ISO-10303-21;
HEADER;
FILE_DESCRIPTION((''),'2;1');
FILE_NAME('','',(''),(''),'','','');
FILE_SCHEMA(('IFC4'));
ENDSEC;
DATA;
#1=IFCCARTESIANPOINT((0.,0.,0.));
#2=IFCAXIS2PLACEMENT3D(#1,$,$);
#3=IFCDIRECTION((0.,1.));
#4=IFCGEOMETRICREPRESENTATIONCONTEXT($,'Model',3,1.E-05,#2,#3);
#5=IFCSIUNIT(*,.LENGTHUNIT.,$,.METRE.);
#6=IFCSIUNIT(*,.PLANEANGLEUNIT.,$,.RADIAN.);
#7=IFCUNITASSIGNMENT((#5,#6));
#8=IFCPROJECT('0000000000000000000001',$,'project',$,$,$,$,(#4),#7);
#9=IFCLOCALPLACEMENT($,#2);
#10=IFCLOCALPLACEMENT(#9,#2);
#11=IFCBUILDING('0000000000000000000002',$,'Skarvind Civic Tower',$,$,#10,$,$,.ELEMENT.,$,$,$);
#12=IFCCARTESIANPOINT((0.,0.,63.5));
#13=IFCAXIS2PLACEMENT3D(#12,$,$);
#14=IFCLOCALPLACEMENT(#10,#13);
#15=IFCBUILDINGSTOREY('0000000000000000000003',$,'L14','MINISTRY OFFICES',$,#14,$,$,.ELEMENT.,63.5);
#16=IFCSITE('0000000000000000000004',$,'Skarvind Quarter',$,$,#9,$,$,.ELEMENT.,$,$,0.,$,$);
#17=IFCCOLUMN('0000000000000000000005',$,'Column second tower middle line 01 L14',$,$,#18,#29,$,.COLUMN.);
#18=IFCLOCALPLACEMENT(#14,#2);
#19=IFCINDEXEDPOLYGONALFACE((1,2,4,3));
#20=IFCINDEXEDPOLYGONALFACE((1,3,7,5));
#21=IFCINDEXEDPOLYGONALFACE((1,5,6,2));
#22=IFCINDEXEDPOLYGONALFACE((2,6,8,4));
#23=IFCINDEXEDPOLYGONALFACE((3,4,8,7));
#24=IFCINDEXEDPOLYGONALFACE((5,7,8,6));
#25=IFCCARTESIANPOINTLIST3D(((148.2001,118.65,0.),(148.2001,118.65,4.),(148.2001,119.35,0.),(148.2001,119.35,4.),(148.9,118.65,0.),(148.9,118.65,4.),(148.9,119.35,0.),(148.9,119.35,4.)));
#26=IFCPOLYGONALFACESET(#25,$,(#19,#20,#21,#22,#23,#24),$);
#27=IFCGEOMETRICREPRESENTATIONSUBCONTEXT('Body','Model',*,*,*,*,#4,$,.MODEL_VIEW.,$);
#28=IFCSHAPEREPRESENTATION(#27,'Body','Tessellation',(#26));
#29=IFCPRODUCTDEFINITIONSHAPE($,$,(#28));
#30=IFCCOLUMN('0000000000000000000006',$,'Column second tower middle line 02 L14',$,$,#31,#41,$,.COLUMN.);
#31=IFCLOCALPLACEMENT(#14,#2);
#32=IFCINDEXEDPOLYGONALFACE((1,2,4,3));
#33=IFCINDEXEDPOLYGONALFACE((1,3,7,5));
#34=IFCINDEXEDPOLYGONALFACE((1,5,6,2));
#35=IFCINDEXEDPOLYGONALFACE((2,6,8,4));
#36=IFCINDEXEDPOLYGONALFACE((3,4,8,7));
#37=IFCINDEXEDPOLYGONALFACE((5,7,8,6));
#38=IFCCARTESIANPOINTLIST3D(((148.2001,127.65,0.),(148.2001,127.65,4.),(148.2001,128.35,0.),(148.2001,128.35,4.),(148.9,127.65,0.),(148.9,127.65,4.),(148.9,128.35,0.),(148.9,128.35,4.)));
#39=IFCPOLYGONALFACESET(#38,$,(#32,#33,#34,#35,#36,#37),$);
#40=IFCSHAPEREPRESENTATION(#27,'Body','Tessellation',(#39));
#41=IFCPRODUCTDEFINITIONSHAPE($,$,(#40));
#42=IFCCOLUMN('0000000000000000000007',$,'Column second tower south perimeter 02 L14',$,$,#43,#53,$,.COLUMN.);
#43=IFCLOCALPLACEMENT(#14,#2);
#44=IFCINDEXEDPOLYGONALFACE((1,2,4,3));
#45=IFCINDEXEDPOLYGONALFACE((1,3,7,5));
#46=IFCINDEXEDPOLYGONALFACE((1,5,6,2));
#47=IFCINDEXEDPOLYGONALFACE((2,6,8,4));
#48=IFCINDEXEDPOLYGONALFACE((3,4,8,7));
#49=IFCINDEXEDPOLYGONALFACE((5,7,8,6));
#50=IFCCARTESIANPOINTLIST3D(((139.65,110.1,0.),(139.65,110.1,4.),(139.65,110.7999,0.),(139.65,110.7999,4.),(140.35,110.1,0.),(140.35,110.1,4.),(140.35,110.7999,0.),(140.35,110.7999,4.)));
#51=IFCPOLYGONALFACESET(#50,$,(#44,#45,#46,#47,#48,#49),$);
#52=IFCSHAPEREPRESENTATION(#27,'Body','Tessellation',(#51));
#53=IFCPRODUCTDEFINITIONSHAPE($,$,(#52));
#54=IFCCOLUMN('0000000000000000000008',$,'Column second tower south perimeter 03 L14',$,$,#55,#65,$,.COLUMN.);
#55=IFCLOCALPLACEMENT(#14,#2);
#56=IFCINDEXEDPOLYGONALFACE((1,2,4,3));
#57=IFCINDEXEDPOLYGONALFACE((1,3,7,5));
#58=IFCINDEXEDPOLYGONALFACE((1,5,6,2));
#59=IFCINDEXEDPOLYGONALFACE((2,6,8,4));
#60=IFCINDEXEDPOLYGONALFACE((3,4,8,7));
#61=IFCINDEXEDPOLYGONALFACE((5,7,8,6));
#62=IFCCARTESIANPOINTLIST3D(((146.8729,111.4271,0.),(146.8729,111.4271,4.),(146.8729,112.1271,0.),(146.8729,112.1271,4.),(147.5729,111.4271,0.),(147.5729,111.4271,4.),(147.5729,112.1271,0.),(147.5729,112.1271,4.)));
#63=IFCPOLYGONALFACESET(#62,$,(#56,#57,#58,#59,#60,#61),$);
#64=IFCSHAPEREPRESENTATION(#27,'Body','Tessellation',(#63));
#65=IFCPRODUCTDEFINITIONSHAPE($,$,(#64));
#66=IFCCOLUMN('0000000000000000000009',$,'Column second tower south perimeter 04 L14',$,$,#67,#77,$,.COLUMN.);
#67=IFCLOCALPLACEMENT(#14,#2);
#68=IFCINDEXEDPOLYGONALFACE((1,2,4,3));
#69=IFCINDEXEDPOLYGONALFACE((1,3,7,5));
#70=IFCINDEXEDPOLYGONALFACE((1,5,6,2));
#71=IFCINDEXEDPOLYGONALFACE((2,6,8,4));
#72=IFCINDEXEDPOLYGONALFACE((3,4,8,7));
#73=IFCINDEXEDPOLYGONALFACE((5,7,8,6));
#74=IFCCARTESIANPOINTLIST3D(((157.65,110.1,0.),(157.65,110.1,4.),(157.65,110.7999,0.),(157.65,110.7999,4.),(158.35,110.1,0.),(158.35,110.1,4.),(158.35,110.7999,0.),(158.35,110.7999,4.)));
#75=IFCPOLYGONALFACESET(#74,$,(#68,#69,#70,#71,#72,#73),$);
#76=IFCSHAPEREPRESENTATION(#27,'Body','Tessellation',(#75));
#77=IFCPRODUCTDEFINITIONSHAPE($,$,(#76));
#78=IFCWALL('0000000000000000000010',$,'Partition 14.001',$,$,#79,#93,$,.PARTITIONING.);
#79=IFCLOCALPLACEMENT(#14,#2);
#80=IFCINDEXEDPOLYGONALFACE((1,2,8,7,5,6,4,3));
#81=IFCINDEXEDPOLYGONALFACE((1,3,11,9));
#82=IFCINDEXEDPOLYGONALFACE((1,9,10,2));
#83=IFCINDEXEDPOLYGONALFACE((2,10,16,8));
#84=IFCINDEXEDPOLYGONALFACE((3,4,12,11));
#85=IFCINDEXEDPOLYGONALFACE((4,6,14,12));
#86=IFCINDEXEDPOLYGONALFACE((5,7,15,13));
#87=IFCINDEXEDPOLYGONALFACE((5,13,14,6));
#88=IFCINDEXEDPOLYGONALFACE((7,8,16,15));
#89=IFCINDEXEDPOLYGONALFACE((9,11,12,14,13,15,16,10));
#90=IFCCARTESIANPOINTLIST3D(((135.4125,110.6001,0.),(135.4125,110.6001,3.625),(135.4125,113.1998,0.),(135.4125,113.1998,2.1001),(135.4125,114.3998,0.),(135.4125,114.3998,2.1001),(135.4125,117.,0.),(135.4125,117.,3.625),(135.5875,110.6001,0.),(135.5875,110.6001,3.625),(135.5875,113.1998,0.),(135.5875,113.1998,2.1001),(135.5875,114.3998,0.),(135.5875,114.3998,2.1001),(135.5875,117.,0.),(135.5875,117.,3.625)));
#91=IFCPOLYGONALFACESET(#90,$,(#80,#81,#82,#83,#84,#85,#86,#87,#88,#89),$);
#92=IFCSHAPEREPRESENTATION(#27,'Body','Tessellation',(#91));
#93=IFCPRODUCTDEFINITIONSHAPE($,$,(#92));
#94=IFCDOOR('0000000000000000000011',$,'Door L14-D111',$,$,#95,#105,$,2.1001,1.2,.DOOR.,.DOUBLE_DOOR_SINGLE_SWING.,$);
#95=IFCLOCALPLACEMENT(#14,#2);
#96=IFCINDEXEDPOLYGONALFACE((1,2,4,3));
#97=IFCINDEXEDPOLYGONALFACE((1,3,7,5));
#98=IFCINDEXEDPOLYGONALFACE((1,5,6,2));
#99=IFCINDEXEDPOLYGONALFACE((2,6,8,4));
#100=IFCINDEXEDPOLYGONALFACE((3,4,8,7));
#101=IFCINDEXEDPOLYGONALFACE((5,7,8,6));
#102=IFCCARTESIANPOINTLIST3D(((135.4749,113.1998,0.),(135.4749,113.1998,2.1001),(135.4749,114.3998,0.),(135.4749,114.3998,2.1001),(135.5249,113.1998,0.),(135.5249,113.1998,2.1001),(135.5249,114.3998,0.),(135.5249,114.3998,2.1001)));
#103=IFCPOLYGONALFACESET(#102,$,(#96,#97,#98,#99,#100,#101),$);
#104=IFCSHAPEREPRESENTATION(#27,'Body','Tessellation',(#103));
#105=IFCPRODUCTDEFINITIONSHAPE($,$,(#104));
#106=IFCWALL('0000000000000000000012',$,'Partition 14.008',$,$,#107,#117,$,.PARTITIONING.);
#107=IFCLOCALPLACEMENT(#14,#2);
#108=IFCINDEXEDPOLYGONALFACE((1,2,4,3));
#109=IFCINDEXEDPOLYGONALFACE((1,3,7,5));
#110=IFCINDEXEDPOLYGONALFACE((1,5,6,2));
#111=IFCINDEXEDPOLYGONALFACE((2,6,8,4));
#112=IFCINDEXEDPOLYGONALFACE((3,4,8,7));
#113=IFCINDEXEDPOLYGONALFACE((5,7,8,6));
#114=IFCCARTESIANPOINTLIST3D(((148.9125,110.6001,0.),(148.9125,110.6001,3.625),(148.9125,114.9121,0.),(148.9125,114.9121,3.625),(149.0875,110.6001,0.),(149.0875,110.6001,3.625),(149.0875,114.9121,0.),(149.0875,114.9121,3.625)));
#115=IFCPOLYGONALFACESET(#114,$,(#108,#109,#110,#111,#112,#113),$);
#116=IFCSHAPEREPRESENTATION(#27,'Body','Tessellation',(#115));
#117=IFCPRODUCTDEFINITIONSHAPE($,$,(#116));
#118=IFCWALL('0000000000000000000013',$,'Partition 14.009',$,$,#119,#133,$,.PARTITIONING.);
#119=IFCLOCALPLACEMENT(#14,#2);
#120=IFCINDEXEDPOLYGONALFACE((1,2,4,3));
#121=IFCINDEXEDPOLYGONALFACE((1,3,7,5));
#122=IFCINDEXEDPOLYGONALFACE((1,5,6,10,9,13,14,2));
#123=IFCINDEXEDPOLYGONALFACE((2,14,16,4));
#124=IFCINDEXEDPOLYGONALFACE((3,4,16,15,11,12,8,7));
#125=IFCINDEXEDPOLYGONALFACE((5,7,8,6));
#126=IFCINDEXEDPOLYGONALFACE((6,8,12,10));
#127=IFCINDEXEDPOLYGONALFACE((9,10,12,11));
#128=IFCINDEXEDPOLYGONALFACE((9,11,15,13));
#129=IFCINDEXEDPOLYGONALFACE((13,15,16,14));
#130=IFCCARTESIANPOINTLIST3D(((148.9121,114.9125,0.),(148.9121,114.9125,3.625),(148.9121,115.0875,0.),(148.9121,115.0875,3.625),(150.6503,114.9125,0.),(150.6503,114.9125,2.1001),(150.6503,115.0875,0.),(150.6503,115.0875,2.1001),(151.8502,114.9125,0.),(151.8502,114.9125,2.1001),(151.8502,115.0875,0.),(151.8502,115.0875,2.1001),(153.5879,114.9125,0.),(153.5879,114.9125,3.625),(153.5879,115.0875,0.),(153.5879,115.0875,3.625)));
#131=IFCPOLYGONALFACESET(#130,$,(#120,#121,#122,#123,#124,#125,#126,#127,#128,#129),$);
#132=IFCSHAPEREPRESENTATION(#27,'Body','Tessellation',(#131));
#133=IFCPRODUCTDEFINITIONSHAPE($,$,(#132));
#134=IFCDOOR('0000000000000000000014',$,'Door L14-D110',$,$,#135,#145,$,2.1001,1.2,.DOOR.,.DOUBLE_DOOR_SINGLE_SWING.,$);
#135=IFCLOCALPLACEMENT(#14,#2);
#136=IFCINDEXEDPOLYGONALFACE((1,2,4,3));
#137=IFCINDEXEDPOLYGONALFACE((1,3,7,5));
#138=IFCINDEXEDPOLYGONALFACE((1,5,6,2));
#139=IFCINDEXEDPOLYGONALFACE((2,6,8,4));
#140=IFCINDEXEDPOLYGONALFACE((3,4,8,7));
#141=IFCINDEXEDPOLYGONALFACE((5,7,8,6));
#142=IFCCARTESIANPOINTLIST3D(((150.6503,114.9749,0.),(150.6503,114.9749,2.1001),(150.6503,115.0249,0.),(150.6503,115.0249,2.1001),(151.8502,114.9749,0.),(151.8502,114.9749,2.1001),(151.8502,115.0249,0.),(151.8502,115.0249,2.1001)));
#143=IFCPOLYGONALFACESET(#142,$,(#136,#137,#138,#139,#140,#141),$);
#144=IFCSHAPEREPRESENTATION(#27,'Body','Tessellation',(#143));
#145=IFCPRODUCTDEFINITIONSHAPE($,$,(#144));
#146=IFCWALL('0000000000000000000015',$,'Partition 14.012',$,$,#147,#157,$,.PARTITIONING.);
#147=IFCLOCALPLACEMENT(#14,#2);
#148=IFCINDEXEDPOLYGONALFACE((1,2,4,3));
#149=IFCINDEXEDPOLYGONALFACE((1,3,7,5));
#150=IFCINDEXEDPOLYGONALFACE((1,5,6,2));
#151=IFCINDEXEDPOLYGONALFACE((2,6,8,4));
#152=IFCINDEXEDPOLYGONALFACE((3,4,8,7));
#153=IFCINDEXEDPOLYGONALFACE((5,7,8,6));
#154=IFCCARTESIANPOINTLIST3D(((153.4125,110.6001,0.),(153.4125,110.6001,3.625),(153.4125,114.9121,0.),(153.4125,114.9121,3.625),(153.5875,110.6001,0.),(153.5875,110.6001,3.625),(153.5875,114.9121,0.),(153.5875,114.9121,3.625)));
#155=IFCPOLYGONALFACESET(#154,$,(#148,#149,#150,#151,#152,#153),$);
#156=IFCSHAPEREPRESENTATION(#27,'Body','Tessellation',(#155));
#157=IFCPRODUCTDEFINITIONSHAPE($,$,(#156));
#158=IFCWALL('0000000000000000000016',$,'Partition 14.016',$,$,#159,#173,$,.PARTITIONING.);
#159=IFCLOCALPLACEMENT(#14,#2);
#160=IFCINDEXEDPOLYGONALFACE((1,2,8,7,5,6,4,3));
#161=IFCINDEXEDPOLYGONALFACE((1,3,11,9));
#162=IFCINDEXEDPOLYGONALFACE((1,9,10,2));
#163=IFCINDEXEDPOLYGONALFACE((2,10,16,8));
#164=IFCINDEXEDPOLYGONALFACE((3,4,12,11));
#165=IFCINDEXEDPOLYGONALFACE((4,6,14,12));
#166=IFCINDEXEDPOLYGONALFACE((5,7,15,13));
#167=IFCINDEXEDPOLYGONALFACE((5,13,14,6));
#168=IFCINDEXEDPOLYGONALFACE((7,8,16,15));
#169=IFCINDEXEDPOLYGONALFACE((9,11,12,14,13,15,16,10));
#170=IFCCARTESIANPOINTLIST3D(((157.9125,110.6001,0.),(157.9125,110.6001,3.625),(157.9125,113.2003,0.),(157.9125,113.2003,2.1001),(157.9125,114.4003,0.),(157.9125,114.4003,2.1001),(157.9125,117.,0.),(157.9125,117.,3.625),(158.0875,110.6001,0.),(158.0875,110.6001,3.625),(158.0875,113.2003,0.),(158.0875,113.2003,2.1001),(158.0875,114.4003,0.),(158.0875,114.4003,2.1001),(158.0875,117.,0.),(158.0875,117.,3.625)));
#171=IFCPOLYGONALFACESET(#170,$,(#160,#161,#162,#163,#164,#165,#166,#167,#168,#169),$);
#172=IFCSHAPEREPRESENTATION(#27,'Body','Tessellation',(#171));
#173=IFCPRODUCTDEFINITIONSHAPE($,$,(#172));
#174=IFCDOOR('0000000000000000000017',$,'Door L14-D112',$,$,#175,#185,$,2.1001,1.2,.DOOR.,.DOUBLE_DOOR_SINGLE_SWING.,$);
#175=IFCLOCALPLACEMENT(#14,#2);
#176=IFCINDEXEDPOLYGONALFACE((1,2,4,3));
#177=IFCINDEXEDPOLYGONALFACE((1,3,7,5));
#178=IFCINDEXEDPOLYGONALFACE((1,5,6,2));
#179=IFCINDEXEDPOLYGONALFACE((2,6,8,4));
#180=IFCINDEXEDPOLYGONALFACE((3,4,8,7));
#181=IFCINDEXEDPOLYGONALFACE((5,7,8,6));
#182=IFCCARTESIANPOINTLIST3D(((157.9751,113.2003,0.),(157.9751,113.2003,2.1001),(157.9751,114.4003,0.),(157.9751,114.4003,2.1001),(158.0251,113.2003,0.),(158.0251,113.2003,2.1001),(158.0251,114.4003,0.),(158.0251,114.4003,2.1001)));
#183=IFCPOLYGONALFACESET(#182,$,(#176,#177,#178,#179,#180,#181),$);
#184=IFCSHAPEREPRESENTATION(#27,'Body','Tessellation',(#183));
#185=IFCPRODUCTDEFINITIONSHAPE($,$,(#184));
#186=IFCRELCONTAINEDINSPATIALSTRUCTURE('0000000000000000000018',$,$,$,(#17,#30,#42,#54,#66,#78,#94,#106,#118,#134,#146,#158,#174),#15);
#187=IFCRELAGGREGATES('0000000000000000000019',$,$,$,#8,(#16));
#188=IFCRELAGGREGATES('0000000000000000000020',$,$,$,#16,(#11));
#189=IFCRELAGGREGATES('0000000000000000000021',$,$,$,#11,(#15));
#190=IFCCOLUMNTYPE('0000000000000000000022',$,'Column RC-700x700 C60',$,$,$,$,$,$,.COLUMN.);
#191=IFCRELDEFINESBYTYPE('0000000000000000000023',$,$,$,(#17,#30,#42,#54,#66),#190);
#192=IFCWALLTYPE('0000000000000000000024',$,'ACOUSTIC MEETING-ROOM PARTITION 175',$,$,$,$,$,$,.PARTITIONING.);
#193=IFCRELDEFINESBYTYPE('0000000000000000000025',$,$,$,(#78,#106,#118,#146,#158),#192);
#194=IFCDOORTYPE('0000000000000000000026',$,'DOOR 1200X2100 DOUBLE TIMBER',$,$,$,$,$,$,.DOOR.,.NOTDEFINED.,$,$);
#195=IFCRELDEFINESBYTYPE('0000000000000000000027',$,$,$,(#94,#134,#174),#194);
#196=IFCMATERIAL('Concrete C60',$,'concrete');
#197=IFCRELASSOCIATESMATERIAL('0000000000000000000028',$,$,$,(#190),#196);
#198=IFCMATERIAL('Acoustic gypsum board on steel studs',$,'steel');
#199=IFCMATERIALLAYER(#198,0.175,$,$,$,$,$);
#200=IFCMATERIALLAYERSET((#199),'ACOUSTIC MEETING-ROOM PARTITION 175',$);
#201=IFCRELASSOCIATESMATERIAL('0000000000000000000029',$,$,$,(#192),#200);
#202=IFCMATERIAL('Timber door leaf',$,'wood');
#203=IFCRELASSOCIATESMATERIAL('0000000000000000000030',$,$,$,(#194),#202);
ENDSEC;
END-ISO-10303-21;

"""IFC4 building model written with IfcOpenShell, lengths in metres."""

from ifc_helpers import new_model, si_unit, direction, frame, frame_2d, origin, origin_2d, place, context, subcontext, project, spatial, rectangle, extrude, material, layer, layer_set, material_profile, profile_set, type_object, element, fill, save


model = new_model("IFC4")

# Units and contexts
model_context = context("Model", 3, precision=1e-05, world=origin(), true_north=direction((0.0, 1.0)))
body_context = subcontext(model_context, "Body", "Model", "MODEL_VIEW")
ifc_project = project(units=[si_unit("LENGTHUNIT", "METRE"), si_unit("PLANEANGLEUNIT", "RADIAN")], contexts=[model_context])

# Site, building, storey
site_placement = place(None, origin())
site = spatial("IfcSite", under=ifc_project, at=site_placement, Name="Skarvind Quarter", CompositionType="ELEMENT", RefElevation=0.0)
building_placement = place(site_placement, origin())
building = spatial("IfcBuilding", under=site, at=building_placement, Name="Skarvind Civic Tower", CompositionType="ELEMENT")
storey_placement = place(building_placement, frame((0.0, 0.0, 63.5)))
storey = spatial("IfcBuildingStorey", under=building, at=storey_placement, Name="L14", Description="MINISTRY OFFICES", CompositionType="ELEMENT", Elevation=63.5)

# Columns
ifc_material_1 = material(Name="Concrete C60", Category="concrete")
ifc_material_profile = material_profile(ifc_material_1, rectangle(XDim=0.7, YDim=0.7, at=origin_2d()), Name="RC-700x700")
ifc_profile_set = profile_set([ifc_material_profile], Name="Concrete C60")
column_type = type_object("IfcColumnType", Name="Column RC-700x700 C60", PredefinedType="COLUMN", material=ifc_profile_set)
for number, where, z_axis, x_axis, name in (
    (1, (148.55, 119.0, 0.0), (0.0, 0.0, 1.0), (1.0, 0.0, 0.0), "Column second tower middle line 01 L14"),
    (2, (148.55, 128.0, 0.0), (0.0, 0.0, 1.0), (1.0, 0.0, 0.0), "Column second tower middle line 02 L14"),
    (3, (140.0, 110.45, 0.0), (0.0, 0.0, 1.0), (1.0, 0.0, 0.0), "Column second tower south perimeter 02 L14"),
    (4, (147.2229, 111.7771, 0.0), (0.0, 0.0, 1.0), (1.0, 0.0, 0.0), "Column second tower south perimeter 03 L14"),
    (5, (158.0, 110.45, 0.0), (0.0, 0.0, 1.0), (1.0, 0.0, 0.0), "Column second tower south perimeter 04 L14"),
):
    element("IfcColumn", number, at=place(storey_placement, frame(where, z_axis=z_axis, x_axis=x_axis)), inside=storey, type_object=column_type, Name=name, PredefinedType="COLUMN", context=body_context, shape_type="SweptSolid", body=[
        extrude(rectangle(XDim=0.7, YDim=0.7, at=origin_2d()), origin(), (0.0, 0.0, 1.0), 4.0),
    ])

# Wall, opening, door
ifc_material_2 = material(Name="Acoustic gypsum board on steel studs", Category="steel")
ifc_layer_1 = layer(ifc_material_2, 0.175)
ifc_layer_set_1 = layer_set([ifc_layer_1], Name="ACOUSTIC MEETING-ROOM PARTITION 175")
wall_type_1 = type_object("IfcWallType", Name="ACOUSTIC MEETING-ROOM PARTITION 175", PredefinedType="PARTITIONING", material=ifc_layer_set_1)
wall_1_placement = place(storey_placement, frame((135.5, 117.0, 0.0), z_axis=(0.0, 0.0, 1.0), x_axis=(0.0, -1.0, 0.0)))
wall_1 = element("IfcWall", 6, at=wall_1_placement, inside=storey, type_object=wall_type_1, Name="Partition 14.001", PredefinedType="PARTITIONING", context=body_context, shape_type="SweptSolid", body=[
    extrude(rectangle(XDim=6.3999, YDim=0.175, at=frame_2d((3.2, 0.0))), origin(), (0.0, 0.0, 1.0), 3.625),
])
opening_1_placement = place(wall_1_placement, frame((2.6001, 0.0, 0.0)))
opening_1 = element("IfcOpeningElement", 7, at=opening_1_placement, cuts=wall_1, PredefinedType="OPENING", context=body_context, shape_type="SweptSolid", body=[
    extrude(rectangle(XDim=1.2, YDim=2.1001, at=frame_2d((0.6001, 1.05))), frame((0.0, 0.0974, 0.0), z_axis=(0.0, -1.0, 0.0), x_axis=(1.0, 0.0, 0.0)), (0.0, 0.0, 1.0), 0.1951),
])
ifc_material_3 = material(Name="Timber door leaf", Category="wood")
door_type_1 = type_object("IfcDoorType", Name="DOOR 1200X2100 DOUBLE TIMBER", OperationType="NOTDEFINED", PredefinedType="DOOR", material=ifc_material_3)
door_1_placement = place(opening_1_placement, origin())
door_1 = element("IfcDoor", 8, at=door_1_placement, inside=storey, type_object=door_type_1, Name="Door L14-D111", OperationType="DOUBLE_DOOR_SINGLE_SWING", OverallHeight=2.1001, OverallWidth=1.2, PredefinedType="DOOR", context=body_context, shape_type="SweptSolid", body=[
    extrude(rectangle(XDim=1.2, YDim=2.1001, at=frame_2d((0.6001, 1.05))), frame((0.0, 0.0249, 0.0), z_axis=(0.0, -1.0, 0.0), x_axis=(1.0, 0.0, 0.0)), (0.0, 0.0, 1.0), 0.05),
])
fill(opening_1, door_1)

# Wall
wall_2_placement = place(storey_placement, frame((149.0, 110.6001, 0.0), z_axis=(0.0, 0.0, 1.0), x_axis=(0.0, 1.0, 0.0)))
element("IfcWall", 9, at=wall_2_placement, inside=storey, type_object=wall_type_1, Name="Partition 14.008", PredefinedType="PARTITIONING", context=body_context, shape_type="SweptSolid", body=[
    extrude(rectangle(XDim=4.312, YDim=0.175, at=frame_2d((2.156, 0.0))), origin(), (0.0, 0.0, 1.0), 3.625),
])

# Wall, opening, door
wall_3_placement = place(storey_placement, frame((148.9121, 115.0, 0.0), z_axis=(0.0, 0.0, 1.0), x_axis=(1.0, 0.0, 0.0)))
wall_3 = element("IfcWall", 10, at=wall_3_placement, inside=storey, type_object=wall_type_1, Name="Partition 14.009", PredefinedType="PARTITIONING", context=body_context, shape_type="SweptSolid", body=[
    extrude(rectangle(XDim=4.6758, YDim=0.175, at=frame_2d((2.3379, 0.0))), origin(), (0.0, 0.0, 1.0), 3.625),
])
opening_2_placement = place(wall_3_placement, frame((1.738, 0.0, 0.0)))
opening_2 = element("IfcOpeningElement", 11, at=opening_2_placement, cuts=wall_3, PredefinedType="OPENING", context=body_context, shape_type="SweptSolid", body=[
    extrude(rectangle(XDim=1.2, YDim=2.1001, at=frame_2d((0.6001, 1.05))), frame((0.0, 0.0974, 0.0), z_axis=(0.0, -1.0, 0.0), x_axis=(1.0, 0.0, 0.0)), (0.0, 0.0, 1.0), 0.1951),
])
door_2_placement = place(opening_2_placement, origin())
door_2 = element("IfcDoor", 12, at=door_2_placement, inside=storey, type_object=door_type_1, Name="Door L14-D110", OperationType="DOUBLE_DOOR_SINGLE_SWING", OverallHeight=2.1001, OverallWidth=1.2, PredefinedType="DOOR", context=body_context, shape_type="SweptSolid", body=[
    extrude(rectangle(XDim=1.2, YDim=2.1001, at=frame_2d((0.6001, 1.05))), frame((0.0, 0.0249, 0.0), z_axis=(0.0, -1.0, 0.0), x_axis=(1.0, 0.0, 0.0)), (0.0, 0.0, 1.0), 0.05),
])
fill(opening_2, door_2)

# Wall
wall_4_placement = place(storey_placement, frame((153.5, 114.9121, 0.0), z_axis=(0.0, 0.0, 1.0), x_axis=(0.0, -1.0, 0.0)))
element("IfcWall", 13, at=wall_4_placement, inside=storey, type_object=wall_type_1, Name="Partition 14.012", PredefinedType="PARTITIONING", context=body_context, shape_type="SweptSolid", body=[
    extrude(rectangle(XDim=4.312, YDim=0.175, at=frame_2d((2.156, 0.0))), origin(), (0.0, 0.0, 1.0), 3.625),
])

# Wall, opening, door
wall_5_placement = place(storey_placement, frame((158.0, 110.6001, 0.0), z_axis=(0.0, 0.0, 1.0), x_axis=(0.0, 1.0, 0.0)))
wall_5 = element("IfcWall", 14, at=wall_5_placement, inside=storey, type_object=wall_type_1, Name="Partition 14.016", PredefinedType="PARTITIONING", context=body_context, shape_type="SweptSolid", body=[
    extrude(rectangle(XDim=6.3999, YDim=0.175, at=frame_2d((3.2, 0.0))), origin(), (0.0, 0.0, 1.0), 3.625),
])
opening_3_placement = place(wall_5_placement, frame((2.6001, 0.0, 0.0)))
opening_3 = element("IfcOpeningElement", 15, at=opening_3_placement, cuts=wall_5, PredefinedType="OPENING", context=body_context, shape_type="SweptSolid", body=[
    extrude(rectangle(XDim=1.2, YDim=2.1001, at=frame_2d((0.6001, 1.05))), frame((0.0, 0.0974, 0.0), z_axis=(0.0, -1.0, 0.0), x_axis=(1.0, 0.0, 0.0)), (0.0, 0.0, 1.0), 0.1951),
])
door_3_placement = place(opening_3_placement, origin())
door_3 = element("IfcDoor", 16, at=door_3_placement, inside=storey, type_object=door_type_1, Name="Door L14-D112", OperationType="DOUBLE_DOOR_SINGLE_SWING", OverallHeight=2.1001, OverallWidth=1.2, PredefinedType="DOOR", context=body_context, shape_type="SweptSolid", body=[
    extrude(rectangle(XDim=1.2, YDim=2.1001, at=frame_2d((0.6001, 1.05))), frame((0.0, 0.0249, 0.0), z_axis=(0.0, -1.0, 0.0), x_axis=(1.0, 0.0, 0.0)), (0.0, 0.0, 1.0), 0.05),
])
fill(opening_3, door_3)

save(model, "model.ifc")
